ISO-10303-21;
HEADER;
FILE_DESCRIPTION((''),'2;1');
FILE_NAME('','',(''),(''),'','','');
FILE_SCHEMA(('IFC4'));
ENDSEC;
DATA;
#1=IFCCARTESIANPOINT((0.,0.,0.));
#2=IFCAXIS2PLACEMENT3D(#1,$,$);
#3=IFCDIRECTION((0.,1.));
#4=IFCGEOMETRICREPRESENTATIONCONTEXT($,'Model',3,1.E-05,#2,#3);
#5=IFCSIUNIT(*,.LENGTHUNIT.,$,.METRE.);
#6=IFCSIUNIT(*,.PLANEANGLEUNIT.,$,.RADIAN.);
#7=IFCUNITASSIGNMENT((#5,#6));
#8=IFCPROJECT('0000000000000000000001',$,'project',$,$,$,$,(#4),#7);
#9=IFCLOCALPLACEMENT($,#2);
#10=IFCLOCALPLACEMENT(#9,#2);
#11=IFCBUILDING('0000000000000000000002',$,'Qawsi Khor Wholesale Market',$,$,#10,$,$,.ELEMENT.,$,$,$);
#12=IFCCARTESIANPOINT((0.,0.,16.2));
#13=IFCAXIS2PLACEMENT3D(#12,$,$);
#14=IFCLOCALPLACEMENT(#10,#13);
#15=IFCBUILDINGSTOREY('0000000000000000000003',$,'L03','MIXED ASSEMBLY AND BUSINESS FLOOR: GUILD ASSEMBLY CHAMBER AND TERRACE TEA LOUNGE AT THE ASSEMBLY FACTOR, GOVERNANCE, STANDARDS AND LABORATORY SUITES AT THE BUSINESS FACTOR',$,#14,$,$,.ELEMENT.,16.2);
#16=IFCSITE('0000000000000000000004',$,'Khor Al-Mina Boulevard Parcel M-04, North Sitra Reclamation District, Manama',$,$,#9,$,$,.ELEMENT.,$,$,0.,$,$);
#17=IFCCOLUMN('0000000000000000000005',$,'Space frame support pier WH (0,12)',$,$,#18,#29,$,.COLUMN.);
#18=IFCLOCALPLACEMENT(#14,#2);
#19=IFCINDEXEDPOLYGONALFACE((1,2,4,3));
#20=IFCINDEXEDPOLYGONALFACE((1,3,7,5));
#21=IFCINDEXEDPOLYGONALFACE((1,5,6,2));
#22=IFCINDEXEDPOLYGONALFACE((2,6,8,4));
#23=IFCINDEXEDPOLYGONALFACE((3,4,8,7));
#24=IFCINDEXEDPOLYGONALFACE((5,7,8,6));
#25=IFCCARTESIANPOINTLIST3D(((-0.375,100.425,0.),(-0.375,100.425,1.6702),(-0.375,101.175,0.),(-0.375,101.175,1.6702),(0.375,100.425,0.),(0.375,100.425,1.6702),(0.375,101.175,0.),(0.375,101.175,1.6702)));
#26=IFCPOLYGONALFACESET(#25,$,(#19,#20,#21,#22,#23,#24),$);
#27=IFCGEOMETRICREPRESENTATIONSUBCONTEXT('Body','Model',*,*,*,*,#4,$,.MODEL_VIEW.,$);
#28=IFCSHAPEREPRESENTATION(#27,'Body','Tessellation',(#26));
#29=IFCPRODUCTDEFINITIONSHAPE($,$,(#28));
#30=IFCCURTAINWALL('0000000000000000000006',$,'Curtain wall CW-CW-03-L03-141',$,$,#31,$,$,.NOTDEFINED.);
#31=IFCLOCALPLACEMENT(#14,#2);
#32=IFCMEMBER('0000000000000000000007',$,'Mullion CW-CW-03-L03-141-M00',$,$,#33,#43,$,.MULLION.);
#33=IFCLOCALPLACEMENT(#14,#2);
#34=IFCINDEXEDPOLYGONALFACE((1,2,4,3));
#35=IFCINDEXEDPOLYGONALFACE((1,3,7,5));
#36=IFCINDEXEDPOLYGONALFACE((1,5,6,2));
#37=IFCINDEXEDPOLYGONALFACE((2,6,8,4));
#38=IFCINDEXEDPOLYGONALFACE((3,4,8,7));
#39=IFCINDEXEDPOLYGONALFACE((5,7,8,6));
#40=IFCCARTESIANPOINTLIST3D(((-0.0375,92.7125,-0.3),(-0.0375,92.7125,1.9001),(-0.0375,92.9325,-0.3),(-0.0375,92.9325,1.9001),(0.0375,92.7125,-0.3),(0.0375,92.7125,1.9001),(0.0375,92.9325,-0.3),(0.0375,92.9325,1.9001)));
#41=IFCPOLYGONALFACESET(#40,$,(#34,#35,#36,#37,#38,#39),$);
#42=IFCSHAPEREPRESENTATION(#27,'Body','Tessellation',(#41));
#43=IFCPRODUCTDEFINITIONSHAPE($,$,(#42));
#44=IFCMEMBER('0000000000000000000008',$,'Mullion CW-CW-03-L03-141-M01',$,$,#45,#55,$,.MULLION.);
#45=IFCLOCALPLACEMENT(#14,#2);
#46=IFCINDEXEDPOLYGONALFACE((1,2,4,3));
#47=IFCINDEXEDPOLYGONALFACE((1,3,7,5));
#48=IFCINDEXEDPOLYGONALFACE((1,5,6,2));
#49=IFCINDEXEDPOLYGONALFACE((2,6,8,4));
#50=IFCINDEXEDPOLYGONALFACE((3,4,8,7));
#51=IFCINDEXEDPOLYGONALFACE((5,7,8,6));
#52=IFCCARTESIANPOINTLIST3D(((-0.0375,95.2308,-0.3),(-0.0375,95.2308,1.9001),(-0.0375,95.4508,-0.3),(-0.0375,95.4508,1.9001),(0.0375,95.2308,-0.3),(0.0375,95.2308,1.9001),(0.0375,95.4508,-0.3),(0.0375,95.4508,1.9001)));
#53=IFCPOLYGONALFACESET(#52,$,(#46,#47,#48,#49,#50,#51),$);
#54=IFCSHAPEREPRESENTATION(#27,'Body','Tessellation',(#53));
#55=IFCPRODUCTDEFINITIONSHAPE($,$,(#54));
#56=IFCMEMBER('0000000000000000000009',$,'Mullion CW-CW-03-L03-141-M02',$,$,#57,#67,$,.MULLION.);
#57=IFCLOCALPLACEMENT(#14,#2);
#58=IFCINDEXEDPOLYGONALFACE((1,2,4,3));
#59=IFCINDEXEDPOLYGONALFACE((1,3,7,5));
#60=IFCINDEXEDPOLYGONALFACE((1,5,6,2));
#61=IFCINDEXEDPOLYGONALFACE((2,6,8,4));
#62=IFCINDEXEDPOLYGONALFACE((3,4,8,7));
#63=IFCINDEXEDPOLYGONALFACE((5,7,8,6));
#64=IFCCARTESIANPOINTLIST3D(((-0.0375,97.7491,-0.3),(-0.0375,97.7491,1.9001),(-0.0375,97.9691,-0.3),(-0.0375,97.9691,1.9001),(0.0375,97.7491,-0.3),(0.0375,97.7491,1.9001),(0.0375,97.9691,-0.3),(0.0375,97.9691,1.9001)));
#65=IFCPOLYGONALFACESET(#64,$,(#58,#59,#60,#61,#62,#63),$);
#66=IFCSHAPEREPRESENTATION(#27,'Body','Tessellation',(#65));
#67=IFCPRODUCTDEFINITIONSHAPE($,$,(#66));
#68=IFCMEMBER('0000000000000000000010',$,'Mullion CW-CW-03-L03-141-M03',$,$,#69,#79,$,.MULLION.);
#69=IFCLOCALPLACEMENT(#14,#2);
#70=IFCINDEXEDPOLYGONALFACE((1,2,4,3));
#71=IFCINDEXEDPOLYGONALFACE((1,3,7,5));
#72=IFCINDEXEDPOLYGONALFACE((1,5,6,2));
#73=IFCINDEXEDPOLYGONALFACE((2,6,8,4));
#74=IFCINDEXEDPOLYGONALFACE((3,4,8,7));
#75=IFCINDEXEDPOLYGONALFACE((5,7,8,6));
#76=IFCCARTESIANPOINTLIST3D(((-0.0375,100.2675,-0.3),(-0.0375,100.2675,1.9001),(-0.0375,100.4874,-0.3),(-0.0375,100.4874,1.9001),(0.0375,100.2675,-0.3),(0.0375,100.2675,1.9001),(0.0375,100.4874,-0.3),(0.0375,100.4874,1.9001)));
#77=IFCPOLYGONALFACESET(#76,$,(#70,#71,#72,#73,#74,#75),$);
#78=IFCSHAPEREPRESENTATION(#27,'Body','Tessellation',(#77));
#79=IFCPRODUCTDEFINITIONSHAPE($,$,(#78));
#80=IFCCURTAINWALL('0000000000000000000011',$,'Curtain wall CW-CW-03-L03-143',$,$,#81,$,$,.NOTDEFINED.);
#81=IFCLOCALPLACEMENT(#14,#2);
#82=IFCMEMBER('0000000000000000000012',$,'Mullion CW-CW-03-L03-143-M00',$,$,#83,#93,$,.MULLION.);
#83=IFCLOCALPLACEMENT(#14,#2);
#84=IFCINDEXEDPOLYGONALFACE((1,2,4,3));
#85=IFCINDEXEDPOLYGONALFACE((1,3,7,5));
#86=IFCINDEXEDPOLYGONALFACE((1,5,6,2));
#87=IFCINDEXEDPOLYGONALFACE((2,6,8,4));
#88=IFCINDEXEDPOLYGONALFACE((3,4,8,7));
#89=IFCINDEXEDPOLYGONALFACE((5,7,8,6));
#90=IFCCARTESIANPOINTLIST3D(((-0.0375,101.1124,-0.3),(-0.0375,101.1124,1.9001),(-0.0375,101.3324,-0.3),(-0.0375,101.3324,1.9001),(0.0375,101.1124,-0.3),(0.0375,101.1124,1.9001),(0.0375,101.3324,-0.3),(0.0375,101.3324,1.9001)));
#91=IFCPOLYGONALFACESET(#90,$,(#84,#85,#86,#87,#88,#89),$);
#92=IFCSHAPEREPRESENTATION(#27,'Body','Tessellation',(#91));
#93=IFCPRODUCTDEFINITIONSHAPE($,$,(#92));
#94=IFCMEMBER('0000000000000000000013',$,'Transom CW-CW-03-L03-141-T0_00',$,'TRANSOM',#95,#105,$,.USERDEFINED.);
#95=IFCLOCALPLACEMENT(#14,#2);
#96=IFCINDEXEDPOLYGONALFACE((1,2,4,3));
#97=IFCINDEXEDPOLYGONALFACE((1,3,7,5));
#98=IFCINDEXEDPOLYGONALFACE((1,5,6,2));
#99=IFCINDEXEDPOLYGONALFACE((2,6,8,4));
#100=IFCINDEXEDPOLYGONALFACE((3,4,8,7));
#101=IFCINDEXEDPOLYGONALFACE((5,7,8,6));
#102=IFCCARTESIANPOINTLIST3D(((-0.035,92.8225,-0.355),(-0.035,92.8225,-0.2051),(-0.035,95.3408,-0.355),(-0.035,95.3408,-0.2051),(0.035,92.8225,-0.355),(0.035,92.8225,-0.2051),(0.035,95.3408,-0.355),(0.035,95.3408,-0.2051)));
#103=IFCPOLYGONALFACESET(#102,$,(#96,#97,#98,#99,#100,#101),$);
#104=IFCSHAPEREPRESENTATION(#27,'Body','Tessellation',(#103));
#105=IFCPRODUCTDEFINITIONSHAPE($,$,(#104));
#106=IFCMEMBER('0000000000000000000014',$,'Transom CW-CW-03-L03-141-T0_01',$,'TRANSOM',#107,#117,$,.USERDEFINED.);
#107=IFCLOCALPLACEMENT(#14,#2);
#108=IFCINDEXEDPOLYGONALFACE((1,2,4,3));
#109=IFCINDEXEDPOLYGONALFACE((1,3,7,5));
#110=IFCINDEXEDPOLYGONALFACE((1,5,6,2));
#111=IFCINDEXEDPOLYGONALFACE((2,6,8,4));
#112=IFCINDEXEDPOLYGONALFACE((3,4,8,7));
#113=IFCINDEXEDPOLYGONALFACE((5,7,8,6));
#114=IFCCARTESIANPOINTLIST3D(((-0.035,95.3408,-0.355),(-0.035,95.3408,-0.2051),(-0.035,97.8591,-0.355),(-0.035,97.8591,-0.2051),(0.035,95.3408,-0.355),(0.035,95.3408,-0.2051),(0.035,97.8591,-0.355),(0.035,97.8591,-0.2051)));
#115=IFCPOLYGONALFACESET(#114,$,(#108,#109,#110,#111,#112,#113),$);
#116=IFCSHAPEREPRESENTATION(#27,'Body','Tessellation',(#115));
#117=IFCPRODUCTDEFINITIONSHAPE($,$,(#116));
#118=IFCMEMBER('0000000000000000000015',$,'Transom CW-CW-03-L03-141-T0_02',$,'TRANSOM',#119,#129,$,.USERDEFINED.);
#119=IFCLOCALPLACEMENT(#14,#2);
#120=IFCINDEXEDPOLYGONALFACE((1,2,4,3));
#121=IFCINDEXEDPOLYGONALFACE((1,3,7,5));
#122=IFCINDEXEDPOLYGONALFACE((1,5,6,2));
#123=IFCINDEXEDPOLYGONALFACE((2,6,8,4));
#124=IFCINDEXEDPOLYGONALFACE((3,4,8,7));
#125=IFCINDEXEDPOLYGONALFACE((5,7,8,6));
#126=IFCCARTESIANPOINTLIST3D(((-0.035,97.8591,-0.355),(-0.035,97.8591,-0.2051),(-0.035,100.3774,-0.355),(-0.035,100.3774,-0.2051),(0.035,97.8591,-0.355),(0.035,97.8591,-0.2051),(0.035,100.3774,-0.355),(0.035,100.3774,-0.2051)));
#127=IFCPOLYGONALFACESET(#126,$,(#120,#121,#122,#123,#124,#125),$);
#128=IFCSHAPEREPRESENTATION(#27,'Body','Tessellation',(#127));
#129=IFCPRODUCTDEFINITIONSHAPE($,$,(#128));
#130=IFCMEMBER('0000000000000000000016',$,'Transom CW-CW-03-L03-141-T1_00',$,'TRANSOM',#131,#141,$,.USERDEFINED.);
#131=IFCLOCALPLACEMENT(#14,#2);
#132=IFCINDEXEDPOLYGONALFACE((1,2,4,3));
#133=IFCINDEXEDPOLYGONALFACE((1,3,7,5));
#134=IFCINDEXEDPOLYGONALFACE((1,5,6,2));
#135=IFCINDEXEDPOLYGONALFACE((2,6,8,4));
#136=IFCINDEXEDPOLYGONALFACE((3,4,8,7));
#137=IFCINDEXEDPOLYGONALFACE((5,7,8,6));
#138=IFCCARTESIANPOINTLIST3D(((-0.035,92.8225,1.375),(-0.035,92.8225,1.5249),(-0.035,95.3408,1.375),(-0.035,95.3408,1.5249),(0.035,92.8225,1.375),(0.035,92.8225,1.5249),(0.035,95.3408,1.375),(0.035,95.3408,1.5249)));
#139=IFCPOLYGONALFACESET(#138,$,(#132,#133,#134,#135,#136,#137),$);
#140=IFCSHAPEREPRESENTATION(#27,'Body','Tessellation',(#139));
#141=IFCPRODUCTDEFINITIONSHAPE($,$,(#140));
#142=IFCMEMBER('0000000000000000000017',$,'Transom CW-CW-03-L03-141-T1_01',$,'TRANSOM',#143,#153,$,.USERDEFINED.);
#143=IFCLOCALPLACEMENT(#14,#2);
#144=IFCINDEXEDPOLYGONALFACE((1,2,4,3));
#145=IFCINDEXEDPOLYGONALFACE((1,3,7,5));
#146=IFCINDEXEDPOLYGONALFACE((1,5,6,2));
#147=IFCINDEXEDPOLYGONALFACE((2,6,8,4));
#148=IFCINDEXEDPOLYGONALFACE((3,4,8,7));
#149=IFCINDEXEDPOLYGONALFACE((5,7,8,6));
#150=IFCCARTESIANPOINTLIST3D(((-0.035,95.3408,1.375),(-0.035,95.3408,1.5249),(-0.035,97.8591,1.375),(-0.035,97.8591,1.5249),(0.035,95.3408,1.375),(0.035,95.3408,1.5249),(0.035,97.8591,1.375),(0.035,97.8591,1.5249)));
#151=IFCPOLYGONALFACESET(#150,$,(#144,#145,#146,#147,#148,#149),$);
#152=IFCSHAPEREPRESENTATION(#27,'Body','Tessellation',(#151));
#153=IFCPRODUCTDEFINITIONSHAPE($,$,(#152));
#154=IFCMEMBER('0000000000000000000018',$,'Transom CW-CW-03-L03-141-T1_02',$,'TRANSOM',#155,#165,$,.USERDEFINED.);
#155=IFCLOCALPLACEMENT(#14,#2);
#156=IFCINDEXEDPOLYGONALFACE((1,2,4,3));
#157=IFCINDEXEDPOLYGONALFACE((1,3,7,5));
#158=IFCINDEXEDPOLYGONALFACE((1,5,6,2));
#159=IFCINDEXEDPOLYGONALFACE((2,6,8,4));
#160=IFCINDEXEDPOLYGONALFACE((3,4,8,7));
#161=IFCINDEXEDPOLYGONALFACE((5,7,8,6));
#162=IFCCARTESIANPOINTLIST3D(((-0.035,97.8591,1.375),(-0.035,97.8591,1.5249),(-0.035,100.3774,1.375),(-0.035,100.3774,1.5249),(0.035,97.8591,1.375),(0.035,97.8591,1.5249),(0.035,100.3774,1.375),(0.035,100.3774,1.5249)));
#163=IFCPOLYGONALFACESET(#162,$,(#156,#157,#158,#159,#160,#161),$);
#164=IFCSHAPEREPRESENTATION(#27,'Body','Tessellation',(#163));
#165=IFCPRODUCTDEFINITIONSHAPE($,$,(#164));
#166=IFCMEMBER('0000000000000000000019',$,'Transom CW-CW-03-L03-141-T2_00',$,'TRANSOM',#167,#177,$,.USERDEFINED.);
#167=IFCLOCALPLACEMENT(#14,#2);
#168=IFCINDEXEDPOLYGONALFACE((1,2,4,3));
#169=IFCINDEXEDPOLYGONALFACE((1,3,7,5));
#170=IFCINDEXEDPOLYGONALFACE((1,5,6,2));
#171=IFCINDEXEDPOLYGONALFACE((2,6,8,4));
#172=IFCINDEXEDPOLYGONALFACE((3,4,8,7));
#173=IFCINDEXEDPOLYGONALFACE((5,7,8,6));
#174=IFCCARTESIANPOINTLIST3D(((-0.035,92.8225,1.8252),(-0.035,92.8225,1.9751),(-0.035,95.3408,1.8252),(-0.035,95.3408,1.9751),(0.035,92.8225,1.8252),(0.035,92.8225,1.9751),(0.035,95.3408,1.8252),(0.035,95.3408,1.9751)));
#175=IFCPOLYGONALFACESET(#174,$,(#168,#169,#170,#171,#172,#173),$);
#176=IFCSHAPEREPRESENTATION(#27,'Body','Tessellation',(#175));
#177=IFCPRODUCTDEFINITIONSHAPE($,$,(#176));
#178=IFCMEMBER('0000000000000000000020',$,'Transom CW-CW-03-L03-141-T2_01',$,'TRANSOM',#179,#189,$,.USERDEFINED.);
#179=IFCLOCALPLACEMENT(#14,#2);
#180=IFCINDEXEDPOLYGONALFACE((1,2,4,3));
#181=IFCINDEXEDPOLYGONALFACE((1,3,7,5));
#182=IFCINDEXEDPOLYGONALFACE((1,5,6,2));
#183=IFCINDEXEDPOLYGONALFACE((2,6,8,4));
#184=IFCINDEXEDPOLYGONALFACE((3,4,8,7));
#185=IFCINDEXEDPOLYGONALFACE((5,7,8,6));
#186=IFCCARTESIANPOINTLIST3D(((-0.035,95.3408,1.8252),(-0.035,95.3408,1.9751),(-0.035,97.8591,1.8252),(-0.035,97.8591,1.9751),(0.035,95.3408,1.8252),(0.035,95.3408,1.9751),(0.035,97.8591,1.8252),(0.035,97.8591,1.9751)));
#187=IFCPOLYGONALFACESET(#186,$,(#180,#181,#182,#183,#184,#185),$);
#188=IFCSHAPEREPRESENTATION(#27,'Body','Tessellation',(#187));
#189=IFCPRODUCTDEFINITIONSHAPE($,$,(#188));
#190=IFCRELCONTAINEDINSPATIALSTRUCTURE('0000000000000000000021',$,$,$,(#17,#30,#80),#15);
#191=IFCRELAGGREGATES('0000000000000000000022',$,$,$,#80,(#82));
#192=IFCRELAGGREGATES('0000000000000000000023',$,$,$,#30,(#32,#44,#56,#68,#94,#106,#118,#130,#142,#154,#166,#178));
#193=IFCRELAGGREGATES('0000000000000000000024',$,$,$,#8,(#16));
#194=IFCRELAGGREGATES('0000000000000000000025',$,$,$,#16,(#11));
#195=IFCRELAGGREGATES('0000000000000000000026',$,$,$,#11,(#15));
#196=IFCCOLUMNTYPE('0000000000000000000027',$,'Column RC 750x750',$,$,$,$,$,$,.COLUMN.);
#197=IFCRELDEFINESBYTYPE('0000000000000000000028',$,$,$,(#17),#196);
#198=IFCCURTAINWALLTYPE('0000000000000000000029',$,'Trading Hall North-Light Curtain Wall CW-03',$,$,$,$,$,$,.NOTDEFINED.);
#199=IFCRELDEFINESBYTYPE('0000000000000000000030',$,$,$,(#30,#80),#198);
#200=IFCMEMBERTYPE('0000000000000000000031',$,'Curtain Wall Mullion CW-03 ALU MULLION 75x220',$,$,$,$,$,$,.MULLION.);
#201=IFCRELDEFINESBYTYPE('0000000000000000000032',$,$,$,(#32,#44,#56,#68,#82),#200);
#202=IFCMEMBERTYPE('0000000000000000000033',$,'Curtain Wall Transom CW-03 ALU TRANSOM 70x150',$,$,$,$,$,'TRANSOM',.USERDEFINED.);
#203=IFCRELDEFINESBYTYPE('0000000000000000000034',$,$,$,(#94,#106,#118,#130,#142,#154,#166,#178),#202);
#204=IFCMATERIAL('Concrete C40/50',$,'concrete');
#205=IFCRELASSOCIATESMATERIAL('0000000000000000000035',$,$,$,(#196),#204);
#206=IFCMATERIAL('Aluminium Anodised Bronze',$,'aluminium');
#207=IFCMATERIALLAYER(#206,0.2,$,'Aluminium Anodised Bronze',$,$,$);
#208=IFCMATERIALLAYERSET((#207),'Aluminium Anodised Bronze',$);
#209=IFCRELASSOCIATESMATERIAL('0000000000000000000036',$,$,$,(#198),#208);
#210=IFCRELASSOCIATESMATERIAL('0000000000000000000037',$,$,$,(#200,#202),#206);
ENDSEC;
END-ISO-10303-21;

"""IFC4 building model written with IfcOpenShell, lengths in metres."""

from ifc_helpers import new_model, si_unit, direction, frame, origin, origin_2d, place, context, subcontext, project, spatial, rectangle, extrude, material, layer, layer_set, material_profile, profile_set, type_object, element, aggregate, save


model = new_model("IFC4")

# Units and contexts
model_context = context("Model", 3, precision=1e-05, world=origin(), true_north=direction((0.0, 1.0)))
body_context = subcontext(model_context, "Body", "Model", "MODEL_VIEW")
ifc_project = project(units=[si_unit("LENGTHUNIT", "METRE"), si_unit("PLANEANGLEUNIT", "RADIAN")], contexts=[model_context])

# Site, building, storey
site_placement = place(None, origin())
site = spatial("IfcSite", under=ifc_project, at=site_placement, Name="Khor Al-Mina Boulevard Parcel M-04, North Sitra Reclamation District, Manama", CompositionType="ELEMENT", RefElevation=0.0)
building_placement = place(site_placement, origin())
building = spatial("IfcBuilding", under=site, at=building_placement, Name="Qawsi Khor Wholesale Market", CompositionType="ELEMENT")
storey_placement = place(building_placement, frame((0.0, 0.0, 16.2)))
storey = spatial("IfcBuildingStorey", under=building, at=storey_placement, Name="L03", Description="MIXED ASSEMBLY AND BUSINESS FLOOR: GUILD ASSEMBLY CHAMBER AND TERRACE TEA LOUNGE AT THE ASSEMBLY FACTOR, GOVERNANCE, STANDARDS AND LABORATORY SUITES AT THE BUSINESS FACTOR", CompositionType="ELEMENT", Elevation=16.2)

# Column
ifc_material_1 = material(Name="Concrete C40/50", Category="concrete")
ifc_material_profile_1 = material_profile(ifc_material_1, rectangle(XDim=0.75, YDim=0.75, at=origin_2d()), Name="RC 750x750")
ifc_profile_set_1 = profile_set([ifc_material_profile_1], Name="Concrete C40/50")
column_type = type_object("IfcColumnType", Name="Column RC 750x750", PredefinedType="COLUMN", material=ifc_profile_set_1)
column_placement = place(storey_placement, frame((0.0, 100.8, 0.0), z_axis=(0.0, 0.0, 1.0), x_axis=(1.0, 0.0, 0.0)))
element("IfcColumn", 1, at=column_placement, inside=storey, type_object=column_type, Name="Space frame support pier WH (0,12)", PredefinedType="COLUMN", context=body_context, shape_type="SweptSolid", body=[
    extrude(rectangle(XDim=0.75, YDim=0.75, at=origin_2d()), origin(), (0.0, 0.0, 1.0), 1.6702),
])

# Curtain wall, members
ifc_material_2 = material(Name="Aluminium Anodised Bronze", Category="aluminium")
ifc_layer_1 = layer(ifc_material_2, 0.2, Name="Aluminium Anodised Bronze")
ifc_layer_set_1 = layer_set([ifc_layer_1], Name="Aluminium Anodised Bronze")
curtain_wall_type = type_object("IfcCurtainWallType", Name="Trading Hall North-Light Curtain Wall CW-03", PredefinedType="NOTDEFINED", material=ifc_layer_set_1)
curtain_wall_1_placement = place(storey_placement, origin())
curtain_wall_1 = element("IfcCurtainWall", 2, at=curtain_wall_1_placement, inside=storey, type_object=curtain_wall_type, Name="Curtain wall CW-CW-03-L03-141", PredefinedType="NOTDEFINED")
ifc_material_profile_2 = material_profile(ifc_material_2, rectangle(XDim=0.075, YDim=0.22, at=origin_2d()), Name="ALU MULLION 75x220")
ifc_profile_set_2 = profile_set([ifc_material_profile_2], Name="Aluminium Anodised Bronze")
member_type_1 = type_object("IfcMemberType", Name="Curtain Wall Mullion CW-03 ALU MULLION 75x220", PredefinedType="MULLION", material=ifc_profile_set_2)
member_1_placement = place(storey_placement, frame((0.0, 92.8225, -0.3), z_axis=(0.0, 0.0, 1.0), x_axis=(1.0, 0.0, 0.0)))
member_1 = element("IfcMember", 3, at=member_1_placement, type_object=member_type_1, Name="Mullion CW-CW-03-L03-141-M00", PredefinedType="MULLION", context=body_context, shape_type="SweptSolid", body=[
    extrude(rectangle(XDim=0.075, YDim=0.22, at=origin_2d()), origin(), (0.0, 0.0, 1.0), 2.2002),
])
member_2_placement = place(storey_placement, frame((0.0, 95.3408, -0.3), z_axis=(0.0, 0.0, 1.0), x_axis=(1.0, 0.0, 0.0)))
member_2 = element("IfcMember", 4, at=member_2_placement, type_object=member_type_1, Name="Mullion CW-CW-03-L03-141-M01", PredefinedType="MULLION", context=body_context, shape_type="SweptSolid", body=[
    extrude(rectangle(XDim=0.075, YDim=0.22, at=origin_2d()), origin(), (0.0, 0.0, 1.0), 2.2002),
])
member_3_placement = place(storey_placement, frame((0.0, 97.8591, -0.3), z_axis=(0.0, 0.0, 1.0), x_axis=(1.0, 0.0, 0.0)))
member_3 = element("IfcMember", 5, at=member_3_placement, type_object=member_type_1, Name="Mullion CW-CW-03-L03-141-M02", PredefinedType="MULLION", context=body_context, shape_type="SweptSolid", body=[
    extrude(rectangle(XDim=0.075, YDim=0.22, at=origin_2d()), origin(), (0.0, 0.0, 1.0), 2.2002),
])
member_4_placement = place(storey_placement, frame((0.0, 100.3774, -0.3), z_axis=(0.0, 0.0, 1.0), x_axis=(1.0, 0.0, 0.0)))
member_4 = element("IfcMember", 6, at=member_4_placement, type_object=member_type_1, Name="Mullion CW-CW-03-L03-141-M03", PredefinedType="MULLION", context=body_context, shape_type="SweptSolid", body=[
    extrude(rectangle(XDim=0.075, YDim=0.22, at=origin_2d()), origin(), (0.0, 0.0, 1.0), 2.2002),
])

# Curtain wall, member
curtain_wall_2_placement = place(storey_placement, origin())
curtain_wall_2 = element("IfcCurtainWall", 7, at=curtain_wall_2_placement, inside=storey, type_object=curtain_wall_type, Name="Curtain wall CW-CW-03-L03-143", PredefinedType="NOTDEFINED")
member_5_placement = place(storey_placement, frame((0.0, 101.2224, -0.3), z_axis=(0.0, 0.0, 1.0), x_axis=(1.0, 0.0, 0.0)))
member_5 = element("IfcMember", 8, at=member_5_placement, type_object=member_type_1, Name="Mullion CW-CW-03-L03-143-M00", PredefinedType="MULLION", context=body_context, shape_type="SweptSolid", body=[
    extrude(rectangle(XDim=0.075, YDim=0.22, at=origin_2d()), origin(), (0.0, 0.0, 1.0), 2.2002),
])
aggregate(curtain_wall_2, [member_5])

# Members
ifc_material_profile_3 = material_profile(ifc_material_2, rectangle(XDim=0.0701, YDim=0.1499, at=origin_2d()), Name="ALU TRANSOM 70x150")
ifc_profile_set_3 = profile_set([ifc_material_profile_3], Name="Aluminium Anodised Bronze")
member_type_2 = type_object("IfcMemberType", Name="Curtain Wall Transom CW-03 ALU TRANSOM 70x150", ElementType="TRANSOM", PredefinedType="USERDEFINED", material=ifc_profile_set_3)
member_6_placement = place(storey_placement, frame((0.0, 92.8225, -0.28), z_axis=(0.0, 1.0, 0.0), x_axis=(-1.0, 0.0, 0.0)))
member_6 = element("IfcMember", 9, at=member_6_placement, type_object=member_type_2, Name="Transom CW-CW-03-L03-141-T0_00", ObjectType="TRANSOM", PredefinedType="USERDEFINED", context=body_context, shape_type="SweptSolid", body=[
    extrude(rectangle(XDim=0.0701, YDim=0.1499, at=origin_2d()), origin(), (0.0, 0.0, 1.0), 2.5183),
])
member_7_placement = place(storey_placement, frame((0.0, 95.3408, -0.28), z_axis=(0.0, 1.0, 0.0), x_axis=(-1.0, 0.0, 0.0)))
member_7 = element("IfcMember", 10, at=member_7_placement, type_object=member_type_2, Name="Transom CW-CW-03-L03-141-T0_01", ObjectType="TRANSOM", PredefinedType="USERDEFINED", context=body_context, shape_type="SweptSolid", body=[
    extrude(rectangle(XDim=0.0701, YDim=0.1499, at=origin_2d()), origin(), (0.0, 0.0, 1.0), 2.5183),
])
member_8_placement = place(storey_placement, frame((0.0, 97.8591, -0.28), z_axis=(0.0, 1.0, 0.0), x_axis=(-1.0, 0.0, 0.0)))
member_8 = element("IfcMember", 11, at=member_8_placement, type_object=member_type_2, Name="Transom CW-CW-03-L03-141-T0_02", ObjectType="TRANSOM", PredefinedType="USERDEFINED", context=body_context, shape_type="SweptSolid", body=[
    extrude(rectangle(XDim=0.0701, YDim=0.1499, at=origin_2d()), origin(), (0.0, 0.0, 1.0), 2.5183),
])
member_9_placement = place(storey_placement, frame((0.0, 92.8225, 1.45), z_axis=(0.0, 1.0, 0.0), x_axis=(-1.0, 0.0, 0.0)))
member_9 = element("IfcMember", 12, at=member_9_placement, type_object=member_type_2, Name="Transom CW-CW-03-L03-141-T1_00", ObjectType="TRANSOM", PredefinedType="USERDEFINED", context=body_context, shape_type="SweptSolid", body=[
    extrude(rectangle(XDim=0.0701, YDim=0.1499, at=origin_2d()), origin(), (0.0, 0.0, 1.0), 2.5183),
])
member_10_placement = place(storey_placement, frame((0.0, 95.3408, 1.45), z_axis=(0.0, 1.0, 0.0), x_axis=(-1.0, 0.0, 0.0)))
member_10 = element("IfcMember", 13, at=member_10_placement, type_object=member_type_2, Name="Transom CW-CW-03-L03-141-T1_01", ObjectType="TRANSOM", PredefinedType="USERDEFINED", context=body_context, shape_type="SweptSolid", body=[
    extrude(rectangle(XDim=0.0701, YDim=0.1499, at=origin_2d()), origin(), (0.0, 0.0, 1.0), 2.5183),
])
member_11_placement = place(storey_placement, frame((0.0, 97.8591, 1.45), z_axis=(0.0, 1.0, 0.0), x_axis=(-1.0, 0.0, 0.0)))
member_11 = element("IfcMember", 14, at=member_11_placement, type_object=member_type_2, Name="Transom CW-CW-03-L03-141-T1_02", ObjectType="TRANSOM", PredefinedType="USERDEFINED", context=body_context, shape_type="SweptSolid", body=[
    extrude(rectangle(XDim=0.0701, YDim=0.1499, at=origin_2d()), origin(), (0.0, 0.0, 1.0), 2.5183),
])
member_12_placement = place(storey_placement, frame((0.0, 92.8225, 1.9001), z_axis=(0.0, 1.0, 0.0), x_axis=(-1.0, 0.0, 0.0)))
member_12 = element("IfcMember", 15, at=member_12_placement, type_object=member_type_2, Name="Transom CW-CW-03-L03-141-T2_00", ObjectType="TRANSOM", PredefinedType="USERDEFINED", context=body_context, shape_type="SweptSolid", body=[
    extrude(rectangle(XDim=0.0701, YDim=0.1499, at=origin_2d()), origin(), (0.0, 0.0, 1.0), 2.5183),
])
member_13_placement = place(storey_placement, frame((0.0, 95.3408, 1.9001), z_axis=(0.0, 1.0, 0.0), x_axis=(-1.0, 0.0, 0.0)))
member_13 = element("IfcMember", 16, at=member_13_placement, type_object=member_type_2, Name="Transom CW-CW-03-L03-141-T2_01", ObjectType="TRANSOM", PredefinedType="USERDEFINED", context=body_context, shape_type="SweptSolid", body=[
    extrude(rectangle(XDim=0.0701, YDim=0.1499, at=origin_2d()), origin(), (0.0, 0.0, 1.0), 2.5183),
])

aggregate(curtain_wall_1, [member_1, member_2, member_3, member_4, member_6, member_7, member_8, member_9, member_10, member_11, member_12, member_13])

save(model, "model.ifc")
